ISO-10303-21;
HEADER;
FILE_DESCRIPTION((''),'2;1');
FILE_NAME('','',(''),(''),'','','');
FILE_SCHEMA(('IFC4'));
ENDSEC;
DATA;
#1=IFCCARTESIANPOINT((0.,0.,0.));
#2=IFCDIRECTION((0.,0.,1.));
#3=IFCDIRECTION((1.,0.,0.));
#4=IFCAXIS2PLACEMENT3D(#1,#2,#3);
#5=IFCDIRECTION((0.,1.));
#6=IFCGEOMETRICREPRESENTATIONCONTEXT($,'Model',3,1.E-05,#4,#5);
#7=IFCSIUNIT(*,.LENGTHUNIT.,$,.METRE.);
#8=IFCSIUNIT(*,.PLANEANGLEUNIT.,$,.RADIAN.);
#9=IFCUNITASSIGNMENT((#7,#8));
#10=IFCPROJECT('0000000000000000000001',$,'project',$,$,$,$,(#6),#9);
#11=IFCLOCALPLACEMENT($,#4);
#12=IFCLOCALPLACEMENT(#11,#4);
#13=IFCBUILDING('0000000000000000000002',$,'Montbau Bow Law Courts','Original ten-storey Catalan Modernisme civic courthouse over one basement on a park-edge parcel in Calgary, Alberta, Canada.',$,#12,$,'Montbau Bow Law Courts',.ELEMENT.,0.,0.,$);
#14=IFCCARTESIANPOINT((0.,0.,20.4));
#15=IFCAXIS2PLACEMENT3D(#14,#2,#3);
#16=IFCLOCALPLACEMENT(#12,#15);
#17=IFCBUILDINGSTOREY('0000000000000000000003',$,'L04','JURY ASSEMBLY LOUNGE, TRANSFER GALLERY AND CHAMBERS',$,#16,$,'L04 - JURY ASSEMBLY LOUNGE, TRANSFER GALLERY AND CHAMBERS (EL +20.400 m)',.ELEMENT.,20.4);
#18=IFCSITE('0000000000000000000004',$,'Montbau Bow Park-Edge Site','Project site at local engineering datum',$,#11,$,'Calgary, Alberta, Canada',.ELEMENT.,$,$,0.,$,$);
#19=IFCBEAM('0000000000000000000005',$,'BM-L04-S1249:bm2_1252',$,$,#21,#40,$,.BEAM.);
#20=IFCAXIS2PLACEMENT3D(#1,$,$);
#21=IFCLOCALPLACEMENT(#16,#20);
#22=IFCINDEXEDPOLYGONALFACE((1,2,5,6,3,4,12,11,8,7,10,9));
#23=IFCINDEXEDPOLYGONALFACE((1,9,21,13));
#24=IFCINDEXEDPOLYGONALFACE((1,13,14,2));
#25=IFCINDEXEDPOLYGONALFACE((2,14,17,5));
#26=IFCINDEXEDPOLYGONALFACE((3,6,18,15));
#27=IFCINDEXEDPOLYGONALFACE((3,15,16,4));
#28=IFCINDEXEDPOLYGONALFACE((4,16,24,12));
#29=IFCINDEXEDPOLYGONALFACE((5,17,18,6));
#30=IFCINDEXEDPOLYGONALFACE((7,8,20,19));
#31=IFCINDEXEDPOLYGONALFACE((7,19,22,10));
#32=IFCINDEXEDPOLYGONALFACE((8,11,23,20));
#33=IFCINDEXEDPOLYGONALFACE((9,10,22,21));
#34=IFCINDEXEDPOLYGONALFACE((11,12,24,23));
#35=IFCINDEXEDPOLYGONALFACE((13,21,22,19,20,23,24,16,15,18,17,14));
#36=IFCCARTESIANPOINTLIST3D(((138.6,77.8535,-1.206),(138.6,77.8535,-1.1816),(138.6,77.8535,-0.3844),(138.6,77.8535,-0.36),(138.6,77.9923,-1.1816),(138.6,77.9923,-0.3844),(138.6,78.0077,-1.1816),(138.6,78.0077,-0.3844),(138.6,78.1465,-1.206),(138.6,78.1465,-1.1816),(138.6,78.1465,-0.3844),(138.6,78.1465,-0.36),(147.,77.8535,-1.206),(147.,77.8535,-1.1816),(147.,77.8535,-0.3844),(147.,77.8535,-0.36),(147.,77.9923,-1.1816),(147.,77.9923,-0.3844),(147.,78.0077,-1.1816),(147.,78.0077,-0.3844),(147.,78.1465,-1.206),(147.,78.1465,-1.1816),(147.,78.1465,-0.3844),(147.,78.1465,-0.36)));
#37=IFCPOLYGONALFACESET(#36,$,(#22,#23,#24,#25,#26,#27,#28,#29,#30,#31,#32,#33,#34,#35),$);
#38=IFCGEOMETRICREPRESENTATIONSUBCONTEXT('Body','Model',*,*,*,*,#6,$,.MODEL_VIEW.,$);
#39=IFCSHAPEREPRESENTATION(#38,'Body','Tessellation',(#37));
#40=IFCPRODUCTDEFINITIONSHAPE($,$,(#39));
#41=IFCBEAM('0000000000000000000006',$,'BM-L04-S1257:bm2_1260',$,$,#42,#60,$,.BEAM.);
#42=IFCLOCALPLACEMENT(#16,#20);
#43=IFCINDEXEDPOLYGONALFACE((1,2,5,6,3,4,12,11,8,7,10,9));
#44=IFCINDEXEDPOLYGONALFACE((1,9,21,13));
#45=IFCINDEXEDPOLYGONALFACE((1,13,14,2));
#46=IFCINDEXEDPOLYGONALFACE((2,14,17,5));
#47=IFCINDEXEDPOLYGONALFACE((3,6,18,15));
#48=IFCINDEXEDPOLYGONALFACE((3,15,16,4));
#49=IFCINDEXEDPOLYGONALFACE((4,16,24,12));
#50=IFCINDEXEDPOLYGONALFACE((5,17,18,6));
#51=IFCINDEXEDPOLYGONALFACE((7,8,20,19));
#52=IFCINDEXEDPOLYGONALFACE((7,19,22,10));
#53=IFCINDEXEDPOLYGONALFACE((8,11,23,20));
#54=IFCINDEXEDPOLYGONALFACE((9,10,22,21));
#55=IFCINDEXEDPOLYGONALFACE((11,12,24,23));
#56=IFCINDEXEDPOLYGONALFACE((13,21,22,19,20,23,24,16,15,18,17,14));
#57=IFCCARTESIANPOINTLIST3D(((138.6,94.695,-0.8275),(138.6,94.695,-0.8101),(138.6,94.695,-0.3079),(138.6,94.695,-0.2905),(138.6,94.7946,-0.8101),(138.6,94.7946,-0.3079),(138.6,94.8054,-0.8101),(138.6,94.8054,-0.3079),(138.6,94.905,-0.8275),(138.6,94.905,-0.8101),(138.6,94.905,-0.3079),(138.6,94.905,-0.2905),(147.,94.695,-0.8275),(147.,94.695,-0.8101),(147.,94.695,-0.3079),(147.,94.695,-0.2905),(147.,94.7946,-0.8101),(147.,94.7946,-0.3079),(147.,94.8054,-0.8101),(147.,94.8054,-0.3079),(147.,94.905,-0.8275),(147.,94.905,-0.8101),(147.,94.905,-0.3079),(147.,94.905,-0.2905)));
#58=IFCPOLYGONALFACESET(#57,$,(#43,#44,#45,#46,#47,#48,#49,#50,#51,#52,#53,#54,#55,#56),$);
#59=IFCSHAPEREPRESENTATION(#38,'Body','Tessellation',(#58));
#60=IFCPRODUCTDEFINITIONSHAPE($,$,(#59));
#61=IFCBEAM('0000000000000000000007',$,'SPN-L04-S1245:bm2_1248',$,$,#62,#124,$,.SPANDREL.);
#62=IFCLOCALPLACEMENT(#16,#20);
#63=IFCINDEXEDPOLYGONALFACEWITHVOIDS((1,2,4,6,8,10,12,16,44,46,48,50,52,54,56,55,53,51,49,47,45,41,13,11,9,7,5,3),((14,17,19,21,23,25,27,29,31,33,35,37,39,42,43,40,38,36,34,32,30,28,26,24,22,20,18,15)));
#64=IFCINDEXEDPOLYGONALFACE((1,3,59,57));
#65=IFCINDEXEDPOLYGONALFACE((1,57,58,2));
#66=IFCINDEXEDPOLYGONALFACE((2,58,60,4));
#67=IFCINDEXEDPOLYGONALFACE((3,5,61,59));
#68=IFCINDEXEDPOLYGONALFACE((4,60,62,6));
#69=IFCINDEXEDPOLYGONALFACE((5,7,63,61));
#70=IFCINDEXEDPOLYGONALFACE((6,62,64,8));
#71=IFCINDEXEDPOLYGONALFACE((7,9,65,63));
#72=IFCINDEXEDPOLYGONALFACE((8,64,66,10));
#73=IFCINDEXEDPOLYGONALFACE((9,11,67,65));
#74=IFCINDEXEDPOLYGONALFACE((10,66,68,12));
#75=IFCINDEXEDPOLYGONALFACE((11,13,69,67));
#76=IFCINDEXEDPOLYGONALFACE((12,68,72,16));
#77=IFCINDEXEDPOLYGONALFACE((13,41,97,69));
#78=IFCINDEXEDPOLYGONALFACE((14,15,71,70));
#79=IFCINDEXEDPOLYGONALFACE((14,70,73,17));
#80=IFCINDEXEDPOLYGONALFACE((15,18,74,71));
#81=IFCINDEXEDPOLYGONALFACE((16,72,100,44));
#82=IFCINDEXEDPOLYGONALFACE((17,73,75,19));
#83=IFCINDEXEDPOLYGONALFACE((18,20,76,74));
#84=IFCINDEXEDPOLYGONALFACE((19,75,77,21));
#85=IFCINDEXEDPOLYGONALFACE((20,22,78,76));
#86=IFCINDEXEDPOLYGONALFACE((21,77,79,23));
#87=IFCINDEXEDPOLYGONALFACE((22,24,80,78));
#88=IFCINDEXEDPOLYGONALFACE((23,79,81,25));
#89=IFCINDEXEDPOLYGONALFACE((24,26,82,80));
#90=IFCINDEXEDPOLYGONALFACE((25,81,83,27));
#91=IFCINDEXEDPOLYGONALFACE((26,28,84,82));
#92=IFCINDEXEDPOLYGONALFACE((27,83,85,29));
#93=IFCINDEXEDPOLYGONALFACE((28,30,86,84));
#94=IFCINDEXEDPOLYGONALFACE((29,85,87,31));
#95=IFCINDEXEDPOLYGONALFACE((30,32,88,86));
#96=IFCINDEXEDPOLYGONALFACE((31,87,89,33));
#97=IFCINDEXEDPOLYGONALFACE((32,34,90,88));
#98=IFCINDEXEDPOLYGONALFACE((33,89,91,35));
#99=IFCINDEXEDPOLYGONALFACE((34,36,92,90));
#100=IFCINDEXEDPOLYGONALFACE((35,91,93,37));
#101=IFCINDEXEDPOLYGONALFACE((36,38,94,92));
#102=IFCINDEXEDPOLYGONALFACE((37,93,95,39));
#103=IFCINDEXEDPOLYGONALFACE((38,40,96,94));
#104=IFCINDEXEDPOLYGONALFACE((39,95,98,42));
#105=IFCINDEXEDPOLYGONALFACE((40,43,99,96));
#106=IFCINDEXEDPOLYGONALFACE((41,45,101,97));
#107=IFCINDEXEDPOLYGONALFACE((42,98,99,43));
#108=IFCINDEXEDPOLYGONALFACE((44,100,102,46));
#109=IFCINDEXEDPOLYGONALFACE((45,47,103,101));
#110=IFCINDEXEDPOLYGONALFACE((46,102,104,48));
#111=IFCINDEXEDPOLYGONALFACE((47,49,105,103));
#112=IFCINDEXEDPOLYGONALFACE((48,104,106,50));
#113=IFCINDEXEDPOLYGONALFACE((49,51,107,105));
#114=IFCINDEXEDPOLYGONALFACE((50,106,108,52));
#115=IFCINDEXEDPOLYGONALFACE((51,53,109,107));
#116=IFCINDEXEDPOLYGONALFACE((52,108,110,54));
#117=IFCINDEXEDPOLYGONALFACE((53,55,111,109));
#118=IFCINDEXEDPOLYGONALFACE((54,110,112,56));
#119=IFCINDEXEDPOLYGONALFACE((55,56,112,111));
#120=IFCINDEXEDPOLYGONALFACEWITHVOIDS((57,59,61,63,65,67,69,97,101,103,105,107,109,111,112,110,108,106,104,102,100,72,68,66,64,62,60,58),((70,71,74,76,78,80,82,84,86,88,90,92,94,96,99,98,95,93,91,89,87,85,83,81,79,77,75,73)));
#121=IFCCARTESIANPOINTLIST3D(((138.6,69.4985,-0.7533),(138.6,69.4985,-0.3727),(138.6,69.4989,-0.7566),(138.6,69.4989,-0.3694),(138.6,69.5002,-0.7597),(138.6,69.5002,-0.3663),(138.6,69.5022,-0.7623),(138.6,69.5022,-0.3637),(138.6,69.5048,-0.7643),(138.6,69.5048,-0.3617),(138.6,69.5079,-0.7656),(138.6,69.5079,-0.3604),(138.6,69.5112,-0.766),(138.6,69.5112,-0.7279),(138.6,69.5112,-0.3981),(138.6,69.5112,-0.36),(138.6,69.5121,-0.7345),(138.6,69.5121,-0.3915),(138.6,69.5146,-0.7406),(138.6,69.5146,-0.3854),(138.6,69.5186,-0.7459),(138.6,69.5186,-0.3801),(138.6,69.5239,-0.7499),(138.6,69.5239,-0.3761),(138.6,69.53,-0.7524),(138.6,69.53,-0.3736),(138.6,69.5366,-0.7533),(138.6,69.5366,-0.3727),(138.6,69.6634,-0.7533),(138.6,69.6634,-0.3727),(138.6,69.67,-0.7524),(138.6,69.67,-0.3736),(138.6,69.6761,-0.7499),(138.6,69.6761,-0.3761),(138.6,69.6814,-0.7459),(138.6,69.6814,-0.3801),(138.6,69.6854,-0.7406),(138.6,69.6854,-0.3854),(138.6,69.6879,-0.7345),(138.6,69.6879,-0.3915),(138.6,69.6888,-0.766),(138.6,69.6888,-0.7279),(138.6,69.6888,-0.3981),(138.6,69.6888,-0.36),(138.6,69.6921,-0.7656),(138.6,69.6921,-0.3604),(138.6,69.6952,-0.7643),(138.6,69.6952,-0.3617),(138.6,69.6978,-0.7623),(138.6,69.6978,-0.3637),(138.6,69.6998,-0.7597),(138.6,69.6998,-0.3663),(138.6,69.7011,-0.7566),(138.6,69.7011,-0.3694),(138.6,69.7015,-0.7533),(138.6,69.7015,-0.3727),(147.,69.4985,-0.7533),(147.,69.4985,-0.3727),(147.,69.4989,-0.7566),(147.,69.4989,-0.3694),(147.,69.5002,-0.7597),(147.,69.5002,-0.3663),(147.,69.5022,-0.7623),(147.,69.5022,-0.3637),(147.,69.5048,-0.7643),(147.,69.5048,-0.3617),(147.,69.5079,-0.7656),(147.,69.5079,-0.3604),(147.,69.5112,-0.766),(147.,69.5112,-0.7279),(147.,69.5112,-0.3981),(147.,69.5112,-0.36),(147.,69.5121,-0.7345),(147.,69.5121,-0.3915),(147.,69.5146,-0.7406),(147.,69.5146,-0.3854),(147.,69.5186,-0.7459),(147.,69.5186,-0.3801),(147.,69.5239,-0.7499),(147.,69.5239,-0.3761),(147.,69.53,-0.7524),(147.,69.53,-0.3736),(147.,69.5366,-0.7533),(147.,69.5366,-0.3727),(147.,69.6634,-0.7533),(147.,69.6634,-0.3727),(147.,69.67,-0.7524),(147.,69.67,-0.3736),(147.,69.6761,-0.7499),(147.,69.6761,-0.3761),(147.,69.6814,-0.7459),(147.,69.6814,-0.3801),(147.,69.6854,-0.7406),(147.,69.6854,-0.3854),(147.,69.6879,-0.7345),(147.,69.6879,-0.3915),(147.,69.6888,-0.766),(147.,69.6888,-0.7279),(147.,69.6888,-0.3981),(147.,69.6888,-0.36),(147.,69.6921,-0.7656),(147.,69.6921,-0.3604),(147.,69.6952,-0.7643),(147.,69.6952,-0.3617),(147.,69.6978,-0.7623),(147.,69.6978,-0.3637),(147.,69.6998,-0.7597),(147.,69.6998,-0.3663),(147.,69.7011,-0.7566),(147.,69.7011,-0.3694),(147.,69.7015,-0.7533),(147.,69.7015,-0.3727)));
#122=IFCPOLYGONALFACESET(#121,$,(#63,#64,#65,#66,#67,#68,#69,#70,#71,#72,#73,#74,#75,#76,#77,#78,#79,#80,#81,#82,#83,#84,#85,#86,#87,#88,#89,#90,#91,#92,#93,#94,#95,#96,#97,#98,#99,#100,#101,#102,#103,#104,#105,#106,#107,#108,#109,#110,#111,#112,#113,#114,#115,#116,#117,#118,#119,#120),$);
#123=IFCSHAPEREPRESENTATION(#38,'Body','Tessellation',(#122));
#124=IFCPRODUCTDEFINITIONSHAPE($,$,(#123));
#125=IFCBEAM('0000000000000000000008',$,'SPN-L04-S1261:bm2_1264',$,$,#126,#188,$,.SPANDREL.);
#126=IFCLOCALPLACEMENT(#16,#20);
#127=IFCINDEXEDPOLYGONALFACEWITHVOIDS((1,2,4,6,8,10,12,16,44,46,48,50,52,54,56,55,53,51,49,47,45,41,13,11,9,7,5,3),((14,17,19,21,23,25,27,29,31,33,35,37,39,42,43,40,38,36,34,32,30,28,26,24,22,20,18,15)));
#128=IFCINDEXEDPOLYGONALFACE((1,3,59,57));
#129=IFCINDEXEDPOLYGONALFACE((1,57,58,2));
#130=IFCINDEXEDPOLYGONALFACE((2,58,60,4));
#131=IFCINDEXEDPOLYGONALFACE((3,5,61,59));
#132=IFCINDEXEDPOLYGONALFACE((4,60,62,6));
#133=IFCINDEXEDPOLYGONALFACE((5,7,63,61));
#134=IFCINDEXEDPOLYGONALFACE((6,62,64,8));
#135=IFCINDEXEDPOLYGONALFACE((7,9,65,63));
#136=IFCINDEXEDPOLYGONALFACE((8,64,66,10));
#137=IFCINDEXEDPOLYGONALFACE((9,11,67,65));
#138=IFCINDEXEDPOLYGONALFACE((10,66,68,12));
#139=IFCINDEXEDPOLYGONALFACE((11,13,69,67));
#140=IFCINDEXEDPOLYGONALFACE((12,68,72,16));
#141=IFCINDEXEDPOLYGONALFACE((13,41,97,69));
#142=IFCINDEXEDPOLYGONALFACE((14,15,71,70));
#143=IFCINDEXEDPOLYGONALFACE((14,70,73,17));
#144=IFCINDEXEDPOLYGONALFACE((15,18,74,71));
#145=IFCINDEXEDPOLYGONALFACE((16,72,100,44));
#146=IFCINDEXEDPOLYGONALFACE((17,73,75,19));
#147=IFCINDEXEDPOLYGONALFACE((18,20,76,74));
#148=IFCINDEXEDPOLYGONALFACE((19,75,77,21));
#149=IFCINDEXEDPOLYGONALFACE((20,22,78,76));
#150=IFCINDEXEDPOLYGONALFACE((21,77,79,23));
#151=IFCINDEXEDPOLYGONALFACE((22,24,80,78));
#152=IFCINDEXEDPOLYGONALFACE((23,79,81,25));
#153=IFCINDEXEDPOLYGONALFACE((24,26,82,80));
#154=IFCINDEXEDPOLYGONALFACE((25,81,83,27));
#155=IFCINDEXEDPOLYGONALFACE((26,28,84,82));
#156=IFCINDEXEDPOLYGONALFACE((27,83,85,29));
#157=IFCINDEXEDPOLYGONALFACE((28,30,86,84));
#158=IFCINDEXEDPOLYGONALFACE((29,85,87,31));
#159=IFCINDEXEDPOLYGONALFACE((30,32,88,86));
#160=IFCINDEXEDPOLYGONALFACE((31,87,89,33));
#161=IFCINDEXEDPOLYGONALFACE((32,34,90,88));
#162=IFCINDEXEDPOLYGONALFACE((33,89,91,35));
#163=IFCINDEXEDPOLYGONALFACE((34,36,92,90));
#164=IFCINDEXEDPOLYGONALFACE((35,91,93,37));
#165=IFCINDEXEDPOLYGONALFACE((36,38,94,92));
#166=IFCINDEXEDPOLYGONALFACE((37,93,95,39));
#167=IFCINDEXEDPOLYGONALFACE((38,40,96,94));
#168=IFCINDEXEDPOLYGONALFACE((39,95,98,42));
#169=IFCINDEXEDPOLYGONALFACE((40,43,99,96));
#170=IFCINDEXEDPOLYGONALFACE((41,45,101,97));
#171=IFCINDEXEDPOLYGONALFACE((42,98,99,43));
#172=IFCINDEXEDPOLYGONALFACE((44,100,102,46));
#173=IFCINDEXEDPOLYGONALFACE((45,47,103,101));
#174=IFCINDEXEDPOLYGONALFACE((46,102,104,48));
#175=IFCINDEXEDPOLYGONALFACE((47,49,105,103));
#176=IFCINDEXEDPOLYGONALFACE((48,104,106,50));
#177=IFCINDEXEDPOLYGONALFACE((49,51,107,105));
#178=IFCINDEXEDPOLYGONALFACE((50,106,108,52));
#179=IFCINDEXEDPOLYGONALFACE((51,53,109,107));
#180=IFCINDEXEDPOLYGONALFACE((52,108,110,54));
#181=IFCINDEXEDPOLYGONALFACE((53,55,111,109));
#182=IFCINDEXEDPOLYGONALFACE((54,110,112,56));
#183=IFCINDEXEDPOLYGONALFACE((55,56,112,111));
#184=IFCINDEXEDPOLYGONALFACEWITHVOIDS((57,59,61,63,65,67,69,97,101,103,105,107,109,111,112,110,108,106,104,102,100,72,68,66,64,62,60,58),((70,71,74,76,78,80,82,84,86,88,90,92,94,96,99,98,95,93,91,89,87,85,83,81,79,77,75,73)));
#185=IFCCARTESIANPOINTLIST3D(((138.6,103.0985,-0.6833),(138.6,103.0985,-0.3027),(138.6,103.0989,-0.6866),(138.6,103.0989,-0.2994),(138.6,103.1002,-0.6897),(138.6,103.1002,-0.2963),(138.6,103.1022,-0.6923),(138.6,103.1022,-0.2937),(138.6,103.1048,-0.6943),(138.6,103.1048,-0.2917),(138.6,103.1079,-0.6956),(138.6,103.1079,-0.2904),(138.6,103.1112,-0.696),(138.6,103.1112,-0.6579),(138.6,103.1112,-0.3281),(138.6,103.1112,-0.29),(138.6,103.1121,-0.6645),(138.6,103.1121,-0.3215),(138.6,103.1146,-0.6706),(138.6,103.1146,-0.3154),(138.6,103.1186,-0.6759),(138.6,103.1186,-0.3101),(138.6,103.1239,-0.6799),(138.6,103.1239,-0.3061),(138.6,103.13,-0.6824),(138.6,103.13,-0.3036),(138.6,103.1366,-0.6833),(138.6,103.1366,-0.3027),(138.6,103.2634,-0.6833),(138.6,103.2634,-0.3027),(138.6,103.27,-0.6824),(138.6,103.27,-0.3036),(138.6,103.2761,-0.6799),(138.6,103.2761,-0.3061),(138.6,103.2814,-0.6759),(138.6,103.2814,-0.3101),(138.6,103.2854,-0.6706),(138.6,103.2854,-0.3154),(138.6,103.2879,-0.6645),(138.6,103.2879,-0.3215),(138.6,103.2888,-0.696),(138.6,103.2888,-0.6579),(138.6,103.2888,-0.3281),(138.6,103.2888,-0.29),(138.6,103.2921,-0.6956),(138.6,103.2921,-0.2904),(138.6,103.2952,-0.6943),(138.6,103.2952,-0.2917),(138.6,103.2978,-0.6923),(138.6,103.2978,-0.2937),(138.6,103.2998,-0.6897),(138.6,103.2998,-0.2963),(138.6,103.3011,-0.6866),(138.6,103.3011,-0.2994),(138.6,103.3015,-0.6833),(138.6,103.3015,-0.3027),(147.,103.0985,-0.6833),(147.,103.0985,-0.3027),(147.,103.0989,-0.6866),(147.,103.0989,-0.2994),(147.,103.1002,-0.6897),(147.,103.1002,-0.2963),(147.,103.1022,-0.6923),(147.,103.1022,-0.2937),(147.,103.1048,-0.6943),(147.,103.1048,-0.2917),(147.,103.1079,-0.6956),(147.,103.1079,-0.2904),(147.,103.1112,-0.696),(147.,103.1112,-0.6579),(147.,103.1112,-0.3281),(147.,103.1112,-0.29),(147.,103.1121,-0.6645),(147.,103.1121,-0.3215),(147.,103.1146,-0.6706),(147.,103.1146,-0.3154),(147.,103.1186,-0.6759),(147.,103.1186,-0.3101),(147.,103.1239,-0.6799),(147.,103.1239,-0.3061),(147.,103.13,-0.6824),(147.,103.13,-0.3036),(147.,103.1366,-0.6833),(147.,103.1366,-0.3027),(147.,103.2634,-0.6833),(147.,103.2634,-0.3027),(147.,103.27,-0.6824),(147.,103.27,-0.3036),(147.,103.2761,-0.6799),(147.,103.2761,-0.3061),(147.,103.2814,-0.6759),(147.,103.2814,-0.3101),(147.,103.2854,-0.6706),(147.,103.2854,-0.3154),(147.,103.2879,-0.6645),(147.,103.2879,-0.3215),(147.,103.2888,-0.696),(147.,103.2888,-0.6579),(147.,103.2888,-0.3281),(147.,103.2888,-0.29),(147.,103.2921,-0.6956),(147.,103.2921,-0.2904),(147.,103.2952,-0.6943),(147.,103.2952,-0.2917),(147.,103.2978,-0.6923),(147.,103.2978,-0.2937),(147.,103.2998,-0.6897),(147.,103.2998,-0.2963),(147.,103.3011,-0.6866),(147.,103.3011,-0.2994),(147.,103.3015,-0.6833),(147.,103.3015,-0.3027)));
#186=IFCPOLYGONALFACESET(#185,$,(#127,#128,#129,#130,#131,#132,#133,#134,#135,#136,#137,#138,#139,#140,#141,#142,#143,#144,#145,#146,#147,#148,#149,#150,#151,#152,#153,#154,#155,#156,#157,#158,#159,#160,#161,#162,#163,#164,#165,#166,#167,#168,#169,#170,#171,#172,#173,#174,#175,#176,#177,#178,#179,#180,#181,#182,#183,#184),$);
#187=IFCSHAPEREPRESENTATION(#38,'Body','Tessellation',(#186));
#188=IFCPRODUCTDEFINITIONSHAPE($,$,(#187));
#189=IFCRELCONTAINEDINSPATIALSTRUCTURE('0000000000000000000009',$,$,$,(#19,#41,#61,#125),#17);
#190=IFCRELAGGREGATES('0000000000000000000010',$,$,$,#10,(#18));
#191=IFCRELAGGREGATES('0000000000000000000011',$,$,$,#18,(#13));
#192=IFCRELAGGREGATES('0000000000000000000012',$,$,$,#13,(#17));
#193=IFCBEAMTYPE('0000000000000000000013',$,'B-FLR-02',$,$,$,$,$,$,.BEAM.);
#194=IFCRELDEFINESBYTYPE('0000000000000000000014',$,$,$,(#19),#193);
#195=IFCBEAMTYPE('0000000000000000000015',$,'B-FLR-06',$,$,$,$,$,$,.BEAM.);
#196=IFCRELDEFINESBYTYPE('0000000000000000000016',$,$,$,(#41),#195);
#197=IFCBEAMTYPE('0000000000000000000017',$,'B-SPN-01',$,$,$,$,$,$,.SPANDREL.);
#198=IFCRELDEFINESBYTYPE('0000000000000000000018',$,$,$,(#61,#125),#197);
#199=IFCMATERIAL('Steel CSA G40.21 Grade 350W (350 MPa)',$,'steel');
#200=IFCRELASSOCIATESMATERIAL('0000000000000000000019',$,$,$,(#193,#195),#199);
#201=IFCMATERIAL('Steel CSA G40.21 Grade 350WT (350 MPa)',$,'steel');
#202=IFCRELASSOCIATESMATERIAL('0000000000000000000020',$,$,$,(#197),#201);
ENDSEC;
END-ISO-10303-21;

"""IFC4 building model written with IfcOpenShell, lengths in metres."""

from ifc_helpers import new_model, si_unit, direction, frame, origin_with_axes, origin_2d_with_axis, place, context, subcontext, project, spatial, hollow_rectangle, i_section, extrude, material, material_profile, profile_set, type_object, element, save


model = new_model("IFC4")

# Units and contexts
model_context = context("Model", 3, precision=1e-05, world=origin_with_axes(), true_north=direction((0.0, 1.0)))
body_context = subcontext(model_context, "Body", "Model", "MODEL_VIEW")
ifc_project = project(units=[si_unit("LENGTHUNIT", "METRE"), si_unit("PLANEANGLEUNIT", "RADIAN")], contexts=[model_context])

# Site, building, storey
site_placement = place(None, origin_with_axes())
site = spatial("IfcSite", under=ifc_project, at=site_placement, Name="Montbau Bow Park-Edge Site", Description="Project site at local engineering datum", LongName="Calgary, Alberta, Canada", CompositionType="ELEMENT", RefElevation=0.0)
building_placement = place(site_placement, origin_with_axes())
building = spatial("IfcBuilding", under=site, at=building_placement, Name="Montbau Bow Law Courts", Description="Original ten-storey Catalan Modernisme civic courthouse over one basement on a park-edge parcel in Calgary, Alberta, Canada.", LongName="Montbau Bow Law Courts", CompositionType="ELEMENT", ElevationOfRefHeight=0.0, ElevationOfTerrain=0.0)
storey_placement = place(building_placement, frame((0.0, 0.0, 20.4), z_axis=(0.0, 0.0, 1.0), x_axis=(1.0, 0.0, 0.0)))
storey = spatial("IfcBuildingStorey", under=building, at=storey_placement, Name="L04", Description="JURY ASSEMBLY LOUNGE, TRANSFER GALLERY AND CHAMBERS", LongName="L04 - JURY ASSEMBLY LOUNGE, TRANSFER GALLERY AND CHAMBERS (EL +20.400 m)", CompositionType="ELEMENT", Elevation=20.4)

# Shared definitions
ifc_material_1 = material(Name="Steel CSA G40.21 Grade 350W (350 MPa)", Category="steel")

# Beams
ifc_material_profile_1 = material_profile(ifc_material_1, i_section(OverallWidth=0.293, OverallDepth=0.846, WebThickness=0.0154, FlangeThickness=0.0244, at=origin_2d_with_axis()), Name="W840X210", Category="Main", Priority=0)
ifc_profile_set_1 = profile_set([ifc_material_profile_1], Name="Steel CSA G40.21 Grade 350W (350 MPa)")
beam_type_1 = type_object("IfcBeamType", Name="B-FLR-02", PredefinedType="BEAM", material=ifc_profile_set_1)
beam_1_placement = place(None, frame((138.6, 78.0, 19.617), z_axis=(1.0, 0.0, 0.0), x_axis=(0.0, 1.0, 0.0)))
element("IfcBeam", 1, at=beam_1_placement, inside=storey, type_object=beam_type_1, Name="BM-L04-S1249:bm2_1252", PredefinedType="BEAM", context=body_context, shape_type="SweptSolid", body=[
    extrude(i_section(OverallWidth=0.293, OverallDepth=0.846, WebThickness=0.0154, FlangeThickness=0.0244, at=origin_2d_with_axis()), origin_with_axes(), (0.0, 0.0, 1.0), 8.4),
])
ifc_material_profile_2 = material_profile(ifc_material_1, i_section(OverallWidth=0.21, OverallDepth=0.537, WebThickness=0.0109, FlangeThickness=0.0174, at=origin_2d_with_axis()), Name="W530X101", Category="Main", Priority=0)
ifc_profile_set_2 = profile_set([ifc_material_profile_2], Name="Steel CSA G40.21 Grade 350W (350 MPa)")
beam_type_2 = type_object("IfcBeamType", Name="B-FLR-06", PredefinedType="BEAM", material=ifc_profile_set_2)
beam_2_placement = place(None, frame((138.6, 94.8, 19.841), z_axis=(1.0, 0.0, 0.0), x_axis=(0.0, 1.0, 0.0)))
element("IfcBeam", 2, at=beam_2_placement, inside=storey, type_object=beam_type_2, Name="BM-L04-S1257:bm2_1260", PredefinedType="BEAM", context=body_context, shape_type="SweptSolid", body=[
    extrude(i_section(OverallWidth=0.21, OverallDepth=0.537, WebThickness=0.0109, FlangeThickness=0.0174, at=origin_2d_with_axis()), origin_with_axes(), (0.0, 0.0, 1.0), 8.4),
])
ifc_material_2 = material(Name="Steel CSA G40.21 Grade 350WT (350 MPa)", Category="steel")
ifc_material_profile_3 = material_profile(ifc_material_2, hollow_rectangle(XDim=0.203, YDim=0.406, WallThickness=0.0127, InnerFilletRadius=0.0254, OuterFilletRadius=0.0127, at=origin_2d_with_axis()), Name="HSS406X203X13", Category="Main", Priority=0)
ifc_profile_set_3 = profile_set([ifc_material_profile_3], Name="Steel CSA G40.21 Grade 350WT (350 MPa)")
beam_type_3 = type_object("IfcBeamType", Name="B-SPN-01", PredefinedType="SPANDREL", material=ifc_profile_set_3)
for number, where, z_axis, x_axis, name in (
    (3, (138.6, 69.6, 19.837), (1.0, 0.0, 0.0), (0.0, 1.0, 0.0), "SPN-L04-S1245:bm2_1248"),
    (4, (138.6, 103.2, 19.907), (1.0, 0.0, 0.0), (0.0, 1.0, 0.0), "SPN-L04-S1261:bm2_1264"),
):
    element("IfcBeam", number, at=place(None, frame(where, z_axis=z_axis, x_axis=x_axis)), inside=storey, type_object=beam_type_3, Name=name, PredefinedType="SPANDREL", context=body_context, shape_type="SweptSolid", body=[
        extrude(hollow_rectangle(XDim=0.203, YDim=0.406, WallThickness=0.0127, InnerFilletRadius=0.0254, OuterFilletRadius=0.0127, at=origin_2d_with_axis()), origin_with_axes(), (0.0, 0.0, 1.0), 8.4),
    ])

save(model, "model.ifc")
